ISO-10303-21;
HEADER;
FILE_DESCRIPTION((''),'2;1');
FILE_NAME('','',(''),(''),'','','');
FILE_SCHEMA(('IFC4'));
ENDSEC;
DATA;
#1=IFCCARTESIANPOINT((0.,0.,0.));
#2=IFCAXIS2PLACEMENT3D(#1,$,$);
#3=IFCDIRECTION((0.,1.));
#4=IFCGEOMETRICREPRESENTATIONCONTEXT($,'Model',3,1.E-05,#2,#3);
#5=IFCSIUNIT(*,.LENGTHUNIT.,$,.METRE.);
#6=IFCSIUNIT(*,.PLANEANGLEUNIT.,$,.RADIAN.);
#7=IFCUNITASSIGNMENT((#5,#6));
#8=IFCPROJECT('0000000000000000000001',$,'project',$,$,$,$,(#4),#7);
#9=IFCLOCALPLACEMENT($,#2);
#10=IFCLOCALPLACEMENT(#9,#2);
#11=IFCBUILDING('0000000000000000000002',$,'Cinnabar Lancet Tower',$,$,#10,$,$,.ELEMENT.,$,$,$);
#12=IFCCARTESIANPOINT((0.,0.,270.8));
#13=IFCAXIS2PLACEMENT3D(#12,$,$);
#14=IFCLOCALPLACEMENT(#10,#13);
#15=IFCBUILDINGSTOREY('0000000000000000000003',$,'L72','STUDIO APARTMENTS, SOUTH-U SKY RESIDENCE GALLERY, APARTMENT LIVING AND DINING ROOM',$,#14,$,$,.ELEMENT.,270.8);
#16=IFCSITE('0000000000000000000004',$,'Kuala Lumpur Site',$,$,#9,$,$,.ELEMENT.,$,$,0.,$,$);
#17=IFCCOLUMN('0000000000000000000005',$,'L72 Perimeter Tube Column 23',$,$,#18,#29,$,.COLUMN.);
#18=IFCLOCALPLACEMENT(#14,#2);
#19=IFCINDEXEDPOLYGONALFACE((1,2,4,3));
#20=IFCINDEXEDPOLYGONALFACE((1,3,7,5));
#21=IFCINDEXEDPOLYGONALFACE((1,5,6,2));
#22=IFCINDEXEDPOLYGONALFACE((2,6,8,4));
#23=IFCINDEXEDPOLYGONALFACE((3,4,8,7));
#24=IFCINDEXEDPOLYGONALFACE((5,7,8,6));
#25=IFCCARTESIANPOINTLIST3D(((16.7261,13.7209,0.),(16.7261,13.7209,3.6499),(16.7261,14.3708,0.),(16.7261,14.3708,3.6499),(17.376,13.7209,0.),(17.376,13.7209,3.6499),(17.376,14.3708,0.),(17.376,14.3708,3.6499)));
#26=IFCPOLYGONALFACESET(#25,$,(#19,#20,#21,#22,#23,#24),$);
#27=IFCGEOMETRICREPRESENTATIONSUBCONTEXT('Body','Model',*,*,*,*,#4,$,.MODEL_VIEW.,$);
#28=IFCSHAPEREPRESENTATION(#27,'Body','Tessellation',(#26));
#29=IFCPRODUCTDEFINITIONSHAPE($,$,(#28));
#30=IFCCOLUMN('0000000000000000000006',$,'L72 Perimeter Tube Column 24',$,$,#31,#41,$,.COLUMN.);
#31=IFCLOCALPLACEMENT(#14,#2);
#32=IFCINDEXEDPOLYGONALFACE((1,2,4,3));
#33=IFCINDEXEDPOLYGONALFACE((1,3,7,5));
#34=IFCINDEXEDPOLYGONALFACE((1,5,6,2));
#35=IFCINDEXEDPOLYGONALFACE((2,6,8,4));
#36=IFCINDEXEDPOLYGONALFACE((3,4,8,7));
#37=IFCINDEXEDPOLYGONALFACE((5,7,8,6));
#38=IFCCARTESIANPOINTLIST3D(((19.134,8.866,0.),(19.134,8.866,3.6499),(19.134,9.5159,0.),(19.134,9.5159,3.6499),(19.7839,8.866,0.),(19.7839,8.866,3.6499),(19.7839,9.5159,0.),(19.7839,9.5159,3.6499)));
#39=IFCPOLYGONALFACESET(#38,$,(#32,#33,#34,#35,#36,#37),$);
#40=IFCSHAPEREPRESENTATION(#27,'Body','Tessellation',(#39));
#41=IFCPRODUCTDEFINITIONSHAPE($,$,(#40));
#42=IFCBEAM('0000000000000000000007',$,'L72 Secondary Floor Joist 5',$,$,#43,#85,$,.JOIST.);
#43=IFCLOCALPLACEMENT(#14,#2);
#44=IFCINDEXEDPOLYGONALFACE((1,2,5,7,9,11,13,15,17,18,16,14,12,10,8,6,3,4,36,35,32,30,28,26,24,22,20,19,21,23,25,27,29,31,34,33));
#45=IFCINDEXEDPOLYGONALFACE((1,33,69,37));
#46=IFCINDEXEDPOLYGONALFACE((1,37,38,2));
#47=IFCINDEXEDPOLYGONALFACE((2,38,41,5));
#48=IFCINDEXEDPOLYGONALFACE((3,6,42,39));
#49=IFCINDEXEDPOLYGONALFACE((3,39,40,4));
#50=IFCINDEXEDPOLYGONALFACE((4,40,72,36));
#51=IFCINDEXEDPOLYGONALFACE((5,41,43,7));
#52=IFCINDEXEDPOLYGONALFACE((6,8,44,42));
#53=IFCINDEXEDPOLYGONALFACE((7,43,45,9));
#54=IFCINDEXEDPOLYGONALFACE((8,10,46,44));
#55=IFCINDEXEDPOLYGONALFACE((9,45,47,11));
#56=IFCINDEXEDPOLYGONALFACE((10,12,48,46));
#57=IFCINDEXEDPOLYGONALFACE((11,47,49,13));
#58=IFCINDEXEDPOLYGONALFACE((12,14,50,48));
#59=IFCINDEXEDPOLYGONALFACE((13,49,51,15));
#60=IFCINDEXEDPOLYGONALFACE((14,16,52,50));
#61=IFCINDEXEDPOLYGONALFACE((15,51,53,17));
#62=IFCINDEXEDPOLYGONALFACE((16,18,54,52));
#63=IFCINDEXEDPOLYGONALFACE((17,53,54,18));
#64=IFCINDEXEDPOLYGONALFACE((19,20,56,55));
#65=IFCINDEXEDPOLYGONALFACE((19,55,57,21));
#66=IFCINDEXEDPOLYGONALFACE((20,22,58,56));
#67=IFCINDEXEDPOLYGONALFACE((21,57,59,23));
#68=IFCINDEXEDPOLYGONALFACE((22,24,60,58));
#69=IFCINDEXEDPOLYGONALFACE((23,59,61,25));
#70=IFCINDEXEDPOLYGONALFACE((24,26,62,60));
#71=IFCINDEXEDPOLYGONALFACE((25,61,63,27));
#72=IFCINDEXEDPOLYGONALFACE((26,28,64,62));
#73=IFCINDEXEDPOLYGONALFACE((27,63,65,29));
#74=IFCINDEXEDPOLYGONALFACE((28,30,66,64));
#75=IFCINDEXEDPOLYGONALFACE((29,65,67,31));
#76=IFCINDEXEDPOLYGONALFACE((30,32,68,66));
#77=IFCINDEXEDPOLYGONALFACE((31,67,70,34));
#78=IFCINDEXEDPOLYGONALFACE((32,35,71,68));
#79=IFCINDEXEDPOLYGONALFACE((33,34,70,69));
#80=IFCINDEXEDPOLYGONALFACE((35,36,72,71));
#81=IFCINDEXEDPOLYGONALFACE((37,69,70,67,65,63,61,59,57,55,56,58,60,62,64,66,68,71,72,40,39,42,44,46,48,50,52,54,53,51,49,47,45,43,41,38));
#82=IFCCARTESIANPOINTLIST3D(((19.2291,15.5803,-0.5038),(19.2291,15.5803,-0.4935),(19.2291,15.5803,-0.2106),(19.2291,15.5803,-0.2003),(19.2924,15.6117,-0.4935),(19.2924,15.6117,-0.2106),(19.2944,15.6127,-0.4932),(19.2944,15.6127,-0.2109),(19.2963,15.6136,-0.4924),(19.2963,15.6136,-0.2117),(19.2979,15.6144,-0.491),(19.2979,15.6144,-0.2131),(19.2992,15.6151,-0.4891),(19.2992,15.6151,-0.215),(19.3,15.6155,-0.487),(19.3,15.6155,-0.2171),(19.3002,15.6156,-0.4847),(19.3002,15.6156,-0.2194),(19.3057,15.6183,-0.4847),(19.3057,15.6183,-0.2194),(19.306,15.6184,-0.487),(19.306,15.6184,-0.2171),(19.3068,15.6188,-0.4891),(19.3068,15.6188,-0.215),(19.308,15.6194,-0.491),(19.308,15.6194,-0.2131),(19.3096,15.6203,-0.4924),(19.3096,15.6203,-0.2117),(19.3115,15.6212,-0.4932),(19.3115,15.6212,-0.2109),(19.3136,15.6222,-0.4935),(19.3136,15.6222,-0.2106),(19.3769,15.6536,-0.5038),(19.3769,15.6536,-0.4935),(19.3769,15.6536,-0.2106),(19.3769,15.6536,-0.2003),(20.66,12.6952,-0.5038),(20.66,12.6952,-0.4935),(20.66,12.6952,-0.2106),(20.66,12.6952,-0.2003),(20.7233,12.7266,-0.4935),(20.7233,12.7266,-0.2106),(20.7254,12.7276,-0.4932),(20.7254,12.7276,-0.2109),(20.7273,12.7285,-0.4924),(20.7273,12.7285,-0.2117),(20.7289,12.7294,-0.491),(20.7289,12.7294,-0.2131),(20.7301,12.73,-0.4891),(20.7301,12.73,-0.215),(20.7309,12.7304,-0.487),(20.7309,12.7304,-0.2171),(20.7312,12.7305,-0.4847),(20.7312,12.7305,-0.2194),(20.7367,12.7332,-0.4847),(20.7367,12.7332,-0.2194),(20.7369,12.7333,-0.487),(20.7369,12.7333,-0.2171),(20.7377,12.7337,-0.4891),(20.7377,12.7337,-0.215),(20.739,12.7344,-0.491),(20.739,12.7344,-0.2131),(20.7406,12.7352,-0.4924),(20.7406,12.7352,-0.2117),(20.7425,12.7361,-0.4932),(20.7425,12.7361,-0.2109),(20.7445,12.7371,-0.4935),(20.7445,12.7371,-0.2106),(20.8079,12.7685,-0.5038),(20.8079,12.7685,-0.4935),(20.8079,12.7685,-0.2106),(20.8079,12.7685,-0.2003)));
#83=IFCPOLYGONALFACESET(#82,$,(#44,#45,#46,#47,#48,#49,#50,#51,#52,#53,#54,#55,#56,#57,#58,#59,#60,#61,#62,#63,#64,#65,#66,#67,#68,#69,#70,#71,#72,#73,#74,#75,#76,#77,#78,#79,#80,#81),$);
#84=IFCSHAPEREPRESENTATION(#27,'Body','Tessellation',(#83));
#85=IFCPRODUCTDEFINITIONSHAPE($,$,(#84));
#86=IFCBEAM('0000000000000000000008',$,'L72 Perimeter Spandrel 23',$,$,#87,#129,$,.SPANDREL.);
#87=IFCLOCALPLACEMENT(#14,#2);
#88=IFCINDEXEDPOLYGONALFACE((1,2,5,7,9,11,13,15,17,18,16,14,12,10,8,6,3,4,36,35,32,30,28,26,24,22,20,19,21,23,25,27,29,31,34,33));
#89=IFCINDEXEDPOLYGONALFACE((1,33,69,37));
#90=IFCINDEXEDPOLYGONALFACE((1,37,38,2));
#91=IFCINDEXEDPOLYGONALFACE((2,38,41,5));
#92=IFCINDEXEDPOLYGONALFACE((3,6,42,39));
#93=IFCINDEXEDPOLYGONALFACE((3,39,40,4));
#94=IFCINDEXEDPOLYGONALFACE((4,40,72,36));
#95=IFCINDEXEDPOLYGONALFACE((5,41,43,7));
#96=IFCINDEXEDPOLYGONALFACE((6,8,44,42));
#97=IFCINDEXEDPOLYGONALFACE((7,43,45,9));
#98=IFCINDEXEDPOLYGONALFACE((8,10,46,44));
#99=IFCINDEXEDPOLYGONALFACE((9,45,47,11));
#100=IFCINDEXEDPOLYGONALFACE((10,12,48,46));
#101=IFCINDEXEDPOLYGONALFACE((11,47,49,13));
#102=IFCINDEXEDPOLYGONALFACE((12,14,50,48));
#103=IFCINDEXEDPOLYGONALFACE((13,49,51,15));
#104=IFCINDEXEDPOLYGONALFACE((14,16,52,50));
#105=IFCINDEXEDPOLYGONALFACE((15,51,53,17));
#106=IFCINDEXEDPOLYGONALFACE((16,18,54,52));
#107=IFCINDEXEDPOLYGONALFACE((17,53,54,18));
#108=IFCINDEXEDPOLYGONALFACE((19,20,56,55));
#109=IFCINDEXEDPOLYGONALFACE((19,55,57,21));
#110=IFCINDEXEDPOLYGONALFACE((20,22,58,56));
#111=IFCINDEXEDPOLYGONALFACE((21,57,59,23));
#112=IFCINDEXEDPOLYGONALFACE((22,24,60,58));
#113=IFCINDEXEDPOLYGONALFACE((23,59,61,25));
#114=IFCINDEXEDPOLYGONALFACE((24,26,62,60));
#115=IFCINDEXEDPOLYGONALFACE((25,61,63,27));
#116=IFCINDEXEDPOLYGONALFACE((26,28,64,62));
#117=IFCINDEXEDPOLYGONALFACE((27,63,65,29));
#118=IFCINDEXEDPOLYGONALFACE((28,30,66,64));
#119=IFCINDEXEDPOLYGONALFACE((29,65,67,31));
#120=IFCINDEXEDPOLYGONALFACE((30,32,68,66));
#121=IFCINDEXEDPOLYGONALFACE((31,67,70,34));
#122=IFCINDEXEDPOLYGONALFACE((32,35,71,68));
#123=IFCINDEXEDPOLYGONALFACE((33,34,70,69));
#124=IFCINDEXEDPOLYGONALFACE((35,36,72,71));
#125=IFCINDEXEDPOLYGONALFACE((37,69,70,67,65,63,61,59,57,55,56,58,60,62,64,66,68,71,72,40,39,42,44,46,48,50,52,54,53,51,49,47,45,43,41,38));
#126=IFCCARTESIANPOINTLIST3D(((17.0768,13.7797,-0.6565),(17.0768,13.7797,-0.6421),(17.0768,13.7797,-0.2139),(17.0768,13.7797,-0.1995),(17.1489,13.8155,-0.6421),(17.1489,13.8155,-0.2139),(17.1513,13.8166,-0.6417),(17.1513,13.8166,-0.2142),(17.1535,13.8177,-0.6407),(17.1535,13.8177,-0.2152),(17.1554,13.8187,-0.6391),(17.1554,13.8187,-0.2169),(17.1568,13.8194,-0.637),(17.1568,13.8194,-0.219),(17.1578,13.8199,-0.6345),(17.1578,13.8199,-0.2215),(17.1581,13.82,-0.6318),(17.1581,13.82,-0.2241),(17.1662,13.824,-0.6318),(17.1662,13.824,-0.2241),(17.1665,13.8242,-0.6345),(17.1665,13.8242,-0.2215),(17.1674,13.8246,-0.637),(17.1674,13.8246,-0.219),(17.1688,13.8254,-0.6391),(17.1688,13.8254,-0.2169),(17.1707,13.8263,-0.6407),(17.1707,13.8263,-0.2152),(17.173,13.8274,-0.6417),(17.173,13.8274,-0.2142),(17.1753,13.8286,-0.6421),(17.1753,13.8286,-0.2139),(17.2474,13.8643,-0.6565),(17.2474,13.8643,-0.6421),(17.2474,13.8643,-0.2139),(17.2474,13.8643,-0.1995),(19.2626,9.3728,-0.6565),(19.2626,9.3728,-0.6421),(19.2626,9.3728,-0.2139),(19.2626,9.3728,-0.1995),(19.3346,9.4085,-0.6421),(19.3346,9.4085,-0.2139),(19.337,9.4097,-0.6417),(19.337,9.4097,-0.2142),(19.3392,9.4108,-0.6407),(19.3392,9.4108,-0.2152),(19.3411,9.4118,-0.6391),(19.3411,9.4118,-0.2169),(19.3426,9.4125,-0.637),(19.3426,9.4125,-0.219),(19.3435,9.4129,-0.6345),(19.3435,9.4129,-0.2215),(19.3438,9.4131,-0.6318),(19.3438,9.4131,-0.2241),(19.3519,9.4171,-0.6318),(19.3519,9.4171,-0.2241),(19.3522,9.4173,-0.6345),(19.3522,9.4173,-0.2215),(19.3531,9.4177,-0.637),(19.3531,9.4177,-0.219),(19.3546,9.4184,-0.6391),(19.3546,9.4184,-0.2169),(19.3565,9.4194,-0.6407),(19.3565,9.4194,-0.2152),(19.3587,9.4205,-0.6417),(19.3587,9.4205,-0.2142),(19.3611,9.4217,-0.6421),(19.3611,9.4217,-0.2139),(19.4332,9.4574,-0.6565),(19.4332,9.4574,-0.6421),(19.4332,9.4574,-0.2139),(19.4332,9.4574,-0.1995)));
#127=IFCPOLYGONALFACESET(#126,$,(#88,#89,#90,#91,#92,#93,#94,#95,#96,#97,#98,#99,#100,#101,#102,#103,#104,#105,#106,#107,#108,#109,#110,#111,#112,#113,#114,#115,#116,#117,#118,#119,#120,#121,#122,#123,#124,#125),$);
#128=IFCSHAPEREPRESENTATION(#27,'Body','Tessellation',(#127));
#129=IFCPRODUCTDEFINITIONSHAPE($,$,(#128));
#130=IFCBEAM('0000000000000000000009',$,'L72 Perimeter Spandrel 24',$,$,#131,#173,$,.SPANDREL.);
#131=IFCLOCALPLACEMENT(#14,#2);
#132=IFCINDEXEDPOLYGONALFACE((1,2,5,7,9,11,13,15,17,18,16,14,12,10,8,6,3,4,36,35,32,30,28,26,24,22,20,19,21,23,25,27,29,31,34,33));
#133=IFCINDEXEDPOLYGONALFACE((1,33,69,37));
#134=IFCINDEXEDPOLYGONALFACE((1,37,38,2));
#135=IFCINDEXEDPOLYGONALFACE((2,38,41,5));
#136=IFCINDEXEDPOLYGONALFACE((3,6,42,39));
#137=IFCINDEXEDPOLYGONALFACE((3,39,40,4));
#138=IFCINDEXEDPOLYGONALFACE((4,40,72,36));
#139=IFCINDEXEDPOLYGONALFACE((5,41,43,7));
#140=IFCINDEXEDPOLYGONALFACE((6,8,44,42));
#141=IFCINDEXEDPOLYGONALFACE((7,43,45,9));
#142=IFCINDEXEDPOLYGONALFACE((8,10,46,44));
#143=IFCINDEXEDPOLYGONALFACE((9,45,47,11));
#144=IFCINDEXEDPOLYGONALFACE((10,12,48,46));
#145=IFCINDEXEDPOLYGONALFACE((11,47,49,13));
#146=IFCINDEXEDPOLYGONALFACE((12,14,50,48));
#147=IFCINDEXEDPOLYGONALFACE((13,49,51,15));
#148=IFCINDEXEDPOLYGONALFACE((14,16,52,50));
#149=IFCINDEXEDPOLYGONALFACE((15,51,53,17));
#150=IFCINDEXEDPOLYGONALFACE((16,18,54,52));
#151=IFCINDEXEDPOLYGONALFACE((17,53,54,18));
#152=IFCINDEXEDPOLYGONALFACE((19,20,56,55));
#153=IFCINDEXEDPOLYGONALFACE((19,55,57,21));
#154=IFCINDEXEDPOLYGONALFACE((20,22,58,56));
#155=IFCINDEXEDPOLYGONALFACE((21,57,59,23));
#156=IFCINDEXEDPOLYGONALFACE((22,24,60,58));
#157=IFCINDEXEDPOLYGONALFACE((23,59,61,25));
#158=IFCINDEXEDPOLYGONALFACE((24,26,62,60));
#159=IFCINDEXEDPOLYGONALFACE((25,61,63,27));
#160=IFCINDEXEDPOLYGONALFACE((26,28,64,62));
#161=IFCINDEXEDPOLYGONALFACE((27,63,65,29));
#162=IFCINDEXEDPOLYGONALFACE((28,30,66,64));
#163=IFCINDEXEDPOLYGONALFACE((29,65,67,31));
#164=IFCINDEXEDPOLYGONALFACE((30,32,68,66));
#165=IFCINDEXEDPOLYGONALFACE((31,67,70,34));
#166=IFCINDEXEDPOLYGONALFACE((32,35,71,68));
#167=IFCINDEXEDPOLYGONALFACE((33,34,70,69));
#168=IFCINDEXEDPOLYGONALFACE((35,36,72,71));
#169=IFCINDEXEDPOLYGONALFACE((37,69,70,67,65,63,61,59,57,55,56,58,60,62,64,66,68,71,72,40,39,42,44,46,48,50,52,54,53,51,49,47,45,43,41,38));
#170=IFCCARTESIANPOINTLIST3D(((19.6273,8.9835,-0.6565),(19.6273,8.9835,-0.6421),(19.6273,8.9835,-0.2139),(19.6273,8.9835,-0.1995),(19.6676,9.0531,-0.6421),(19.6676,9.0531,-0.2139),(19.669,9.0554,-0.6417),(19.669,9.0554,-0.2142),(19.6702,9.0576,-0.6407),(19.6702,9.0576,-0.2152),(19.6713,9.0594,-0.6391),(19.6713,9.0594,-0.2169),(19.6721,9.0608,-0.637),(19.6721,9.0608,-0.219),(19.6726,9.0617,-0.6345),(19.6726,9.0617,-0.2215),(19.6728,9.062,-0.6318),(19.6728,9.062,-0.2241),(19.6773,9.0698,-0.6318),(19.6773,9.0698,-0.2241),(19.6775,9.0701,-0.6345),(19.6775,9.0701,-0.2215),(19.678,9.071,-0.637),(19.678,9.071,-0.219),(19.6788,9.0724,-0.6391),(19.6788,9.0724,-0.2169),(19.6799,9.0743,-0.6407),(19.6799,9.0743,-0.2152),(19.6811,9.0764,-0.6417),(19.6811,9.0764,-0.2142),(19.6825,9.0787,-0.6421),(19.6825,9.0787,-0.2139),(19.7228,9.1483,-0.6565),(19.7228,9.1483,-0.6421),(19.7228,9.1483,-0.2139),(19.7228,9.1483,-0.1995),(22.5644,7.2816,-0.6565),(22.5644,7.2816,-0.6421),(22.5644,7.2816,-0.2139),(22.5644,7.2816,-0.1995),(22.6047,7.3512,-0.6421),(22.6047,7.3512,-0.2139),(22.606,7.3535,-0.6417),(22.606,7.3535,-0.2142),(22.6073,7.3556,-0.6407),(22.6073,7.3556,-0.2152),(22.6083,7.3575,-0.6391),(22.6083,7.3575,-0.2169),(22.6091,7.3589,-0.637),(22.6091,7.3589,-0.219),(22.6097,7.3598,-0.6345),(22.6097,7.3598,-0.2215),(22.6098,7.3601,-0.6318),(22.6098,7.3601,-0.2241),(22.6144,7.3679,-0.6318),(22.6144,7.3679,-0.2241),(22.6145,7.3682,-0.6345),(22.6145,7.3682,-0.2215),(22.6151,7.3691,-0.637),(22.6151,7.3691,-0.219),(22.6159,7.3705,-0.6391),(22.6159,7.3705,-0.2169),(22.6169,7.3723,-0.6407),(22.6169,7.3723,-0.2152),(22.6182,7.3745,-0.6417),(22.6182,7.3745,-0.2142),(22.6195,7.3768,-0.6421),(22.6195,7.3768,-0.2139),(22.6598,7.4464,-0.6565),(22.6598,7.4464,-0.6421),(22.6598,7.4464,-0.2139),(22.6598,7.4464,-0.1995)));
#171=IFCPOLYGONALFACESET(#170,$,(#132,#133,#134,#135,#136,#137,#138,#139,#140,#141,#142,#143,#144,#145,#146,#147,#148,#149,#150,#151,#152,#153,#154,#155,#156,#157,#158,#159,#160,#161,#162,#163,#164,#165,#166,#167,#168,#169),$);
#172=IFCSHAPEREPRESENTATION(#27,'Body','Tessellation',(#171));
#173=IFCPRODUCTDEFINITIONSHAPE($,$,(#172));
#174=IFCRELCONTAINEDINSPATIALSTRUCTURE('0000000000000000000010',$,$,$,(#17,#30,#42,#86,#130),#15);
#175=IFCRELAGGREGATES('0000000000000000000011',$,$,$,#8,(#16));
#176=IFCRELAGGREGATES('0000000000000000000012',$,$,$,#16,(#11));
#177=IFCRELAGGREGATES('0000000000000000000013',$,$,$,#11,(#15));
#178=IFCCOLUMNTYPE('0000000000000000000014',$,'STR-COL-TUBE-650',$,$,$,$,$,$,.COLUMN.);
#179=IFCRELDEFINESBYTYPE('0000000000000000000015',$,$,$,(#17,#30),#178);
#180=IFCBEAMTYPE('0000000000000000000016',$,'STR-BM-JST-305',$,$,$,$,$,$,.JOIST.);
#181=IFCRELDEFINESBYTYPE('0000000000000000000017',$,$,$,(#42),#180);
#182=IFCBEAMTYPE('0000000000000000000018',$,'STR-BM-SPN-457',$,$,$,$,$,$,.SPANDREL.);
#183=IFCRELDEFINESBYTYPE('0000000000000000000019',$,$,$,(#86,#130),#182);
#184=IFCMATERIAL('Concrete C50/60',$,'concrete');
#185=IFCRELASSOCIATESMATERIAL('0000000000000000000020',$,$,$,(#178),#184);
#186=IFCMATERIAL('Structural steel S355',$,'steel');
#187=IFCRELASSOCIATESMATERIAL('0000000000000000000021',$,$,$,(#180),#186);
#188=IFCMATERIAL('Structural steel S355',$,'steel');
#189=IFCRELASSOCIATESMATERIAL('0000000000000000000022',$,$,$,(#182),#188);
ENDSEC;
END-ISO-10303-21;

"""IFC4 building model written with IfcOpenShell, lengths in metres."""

from ifc_helpers import new_model, si_unit, direction, frame, origin, origin_2d, place, context, subcontext, project, spatial, rectangle, i_section, extrude, material, material_profile, profile_set, type_object, element, save


model = new_model("IFC4")

# Units and contexts
model_context = context("Model", 3, precision=1e-05, world=origin(), true_north=direction((0.0, 1.0)))
body_context = subcontext(model_context, "Body", "Model", "MODEL_VIEW")
ifc_project = project(units=[si_unit("LENGTHUNIT", "METRE"), si_unit("PLANEANGLEUNIT", "RADIAN")], contexts=[model_context])

# Site, building, storey
site_placement = place(None, origin())
site = spatial("IfcSite", under=ifc_project, at=site_placement, Name="Kuala Lumpur Site", CompositionType="ELEMENT", RefElevation=0.0)
building_placement = place(site_placement, origin())
building = spatial("IfcBuilding", under=site, at=building_placement, Name="Cinnabar Lancet Tower", CompositionType="ELEMENT")
storey_placement = place(building_placement, frame((0.0, 0.0, 270.8)))
storey = spatial("IfcBuildingStorey", under=building, at=storey_placement, Name="L72", Description="STUDIO APARTMENTS, SOUTH-U SKY RESIDENCE GALLERY, APARTMENT LIVING AND DINING ROOM", CompositionType="ELEMENT", Elevation=270.8)

# Columns
ifc_material_1 = material(Name="Concrete C50/60", Category="concrete")
ifc_material_profile_1 = material_profile(ifc_material_1, rectangle(XDim=0.6499, YDim=0.6499, at=origin_2d()), Name="RC-COL 650x650")
ifc_profile_set_1 = profile_set([ifc_material_profile_1], Name="Concrete C50/60")
column_type = type_object("IfcColumnType", Name="STR-COL-TUBE-650", PredefinedType="COLUMN", material=ifc_profile_set_1)
for number, where, z_axis, x_axis, name in (
    (1, (17.051, 14.0459, 0.0), (0.0, 0.0, 1.0), (1.0, 0.0, 0.0), "L72 Perimeter Tube Column 23"),
    (2, (19.459, 9.1909, 0.0), (0.0, 0.0, 1.0), (1.0, 0.0, 0.0), "L72 Perimeter Tube Column 24"),
):
    element("IfcColumn", number, at=place(storey_placement, frame(where, z_axis=z_axis, x_axis=x_axis)), inside=storey, type_object=column_type, Name=name, PredefinedType="COLUMN", context=body_context, shape_type="SweptSolid", body=[
        extrude(rectangle(XDim=0.6499, YDim=0.6499, at=origin_2d()), origin(), (0.0, 0.0, 1.0), 3.6499),
    ])

# Beams
ifc_material_2 = material(Name="Structural steel S355", Category="steel")
ifc_material_profile_2 = material_profile(ifc_material_2, i_section(OverallWidth=0.165, OverallDepth=0.3035, WebThickness=0.0061, FlangeThickness=0.0103, FilletRadius=0.0088, at=origin_2d()), Name="UKB 305x165x40")
ifc_profile_set_2 = profile_set([ifc_material_profile_2], Name="Structural steel S355")
beam_type_1 = type_object("IfcBeamType", Name="STR-BM-JST-305", PredefinedType="JOIST", material=ifc_profile_set_2)
beam_1_placement = place(storey_placement, frame((19.303, 15.6169, -0.3521), z_axis=(0.44433, -0.895863, 0.0), x_axis=(0.895863, 0.44433, 0.0)))
element("IfcBeam", 3, at=beam_1_placement, inside=storey, type_object=beam_type_1, Name="L72 Secondary Floor Joist 5", PredefinedType="JOIST", context=body_context, shape_type="SweptSolid", body=[
    extrude(i_section(OverallWidth=0.165, OverallDepth=0.3035, WebThickness=0.0061, FlangeThickness=0.0103, FilletRadius=0.0088, at=origin_2d()), origin(), (0.0, 0.0, 1.0), 3.2205),
])
ifc_material_3 = material(Name="Structural steel S355", Category="steel")
ifc_material_profile_3 = material_profile(ifc_material_3, i_section(OverallWidth=0.1904, OverallDepth=0.457, WebThickness=0.009, FlangeThickness=0.0144, FilletRadius=0.0103, at=origin_2d()), Name="UKB 457x191x74")
ifc_profile_set_3 = profile_set([ifc_material_profile_3], Name="Structural steel S355")
beam_type_2 = type_object("IfcBeamType", Name="STR-BM-SPN-457", PredefinedType="SPANDREL", material=ifc_profile_set_3)
beam_2_placement = place(storey_placement, frame((17.1621, 13.822, -0.428), z_axis=(0.444333, -0.895862, 0.0), x_axis=(0.895862, 0.444333, 0.0)))
element("IfcBeam", 4, at=beam_2_placement, inside=storey, type_object=beam_type_2, Name="L72 Perimeter Spandrel 23", PredefinedType="SPANDREL", context=body_context, shape_type="SweptSolid", body=[
    extrude(i_section(OverallWidth=0.1904, OverallDepth=0.457, WebThickness=0.009, FlangeThickness=0.0144, FilletRadius=0.0103, at=origin_2d()), origin(), (0.0, 0.0, 1.0), 4.9192),
])
beam_3_placement = place(storey_placement, frame((19.675, 9.0659, -0.428), z_axis=(0.865231, -0.501374, 0.0), x_axis=(0.501374, 0.865231, 0.0)))
element("IfcBeam", 5, at=beam_3_placement, inside=storey, type_object=beam_type_2, Name="L72 Perimeter Spandrel 24", PredefinedType="SPANDREL", context=body_context, shape_type="SweptSolid", body=[
    extrude(i_section(OverallWidth=0.1904, OverallDepth=0.457, WebThickness=0.009, FlangeThickness=0.0144, FilletRadius=0.0103, at=origin_2d()), origin(), (0.0, 0.0, 1.0), 3.3945),
])

save(model, "model.ifc")
